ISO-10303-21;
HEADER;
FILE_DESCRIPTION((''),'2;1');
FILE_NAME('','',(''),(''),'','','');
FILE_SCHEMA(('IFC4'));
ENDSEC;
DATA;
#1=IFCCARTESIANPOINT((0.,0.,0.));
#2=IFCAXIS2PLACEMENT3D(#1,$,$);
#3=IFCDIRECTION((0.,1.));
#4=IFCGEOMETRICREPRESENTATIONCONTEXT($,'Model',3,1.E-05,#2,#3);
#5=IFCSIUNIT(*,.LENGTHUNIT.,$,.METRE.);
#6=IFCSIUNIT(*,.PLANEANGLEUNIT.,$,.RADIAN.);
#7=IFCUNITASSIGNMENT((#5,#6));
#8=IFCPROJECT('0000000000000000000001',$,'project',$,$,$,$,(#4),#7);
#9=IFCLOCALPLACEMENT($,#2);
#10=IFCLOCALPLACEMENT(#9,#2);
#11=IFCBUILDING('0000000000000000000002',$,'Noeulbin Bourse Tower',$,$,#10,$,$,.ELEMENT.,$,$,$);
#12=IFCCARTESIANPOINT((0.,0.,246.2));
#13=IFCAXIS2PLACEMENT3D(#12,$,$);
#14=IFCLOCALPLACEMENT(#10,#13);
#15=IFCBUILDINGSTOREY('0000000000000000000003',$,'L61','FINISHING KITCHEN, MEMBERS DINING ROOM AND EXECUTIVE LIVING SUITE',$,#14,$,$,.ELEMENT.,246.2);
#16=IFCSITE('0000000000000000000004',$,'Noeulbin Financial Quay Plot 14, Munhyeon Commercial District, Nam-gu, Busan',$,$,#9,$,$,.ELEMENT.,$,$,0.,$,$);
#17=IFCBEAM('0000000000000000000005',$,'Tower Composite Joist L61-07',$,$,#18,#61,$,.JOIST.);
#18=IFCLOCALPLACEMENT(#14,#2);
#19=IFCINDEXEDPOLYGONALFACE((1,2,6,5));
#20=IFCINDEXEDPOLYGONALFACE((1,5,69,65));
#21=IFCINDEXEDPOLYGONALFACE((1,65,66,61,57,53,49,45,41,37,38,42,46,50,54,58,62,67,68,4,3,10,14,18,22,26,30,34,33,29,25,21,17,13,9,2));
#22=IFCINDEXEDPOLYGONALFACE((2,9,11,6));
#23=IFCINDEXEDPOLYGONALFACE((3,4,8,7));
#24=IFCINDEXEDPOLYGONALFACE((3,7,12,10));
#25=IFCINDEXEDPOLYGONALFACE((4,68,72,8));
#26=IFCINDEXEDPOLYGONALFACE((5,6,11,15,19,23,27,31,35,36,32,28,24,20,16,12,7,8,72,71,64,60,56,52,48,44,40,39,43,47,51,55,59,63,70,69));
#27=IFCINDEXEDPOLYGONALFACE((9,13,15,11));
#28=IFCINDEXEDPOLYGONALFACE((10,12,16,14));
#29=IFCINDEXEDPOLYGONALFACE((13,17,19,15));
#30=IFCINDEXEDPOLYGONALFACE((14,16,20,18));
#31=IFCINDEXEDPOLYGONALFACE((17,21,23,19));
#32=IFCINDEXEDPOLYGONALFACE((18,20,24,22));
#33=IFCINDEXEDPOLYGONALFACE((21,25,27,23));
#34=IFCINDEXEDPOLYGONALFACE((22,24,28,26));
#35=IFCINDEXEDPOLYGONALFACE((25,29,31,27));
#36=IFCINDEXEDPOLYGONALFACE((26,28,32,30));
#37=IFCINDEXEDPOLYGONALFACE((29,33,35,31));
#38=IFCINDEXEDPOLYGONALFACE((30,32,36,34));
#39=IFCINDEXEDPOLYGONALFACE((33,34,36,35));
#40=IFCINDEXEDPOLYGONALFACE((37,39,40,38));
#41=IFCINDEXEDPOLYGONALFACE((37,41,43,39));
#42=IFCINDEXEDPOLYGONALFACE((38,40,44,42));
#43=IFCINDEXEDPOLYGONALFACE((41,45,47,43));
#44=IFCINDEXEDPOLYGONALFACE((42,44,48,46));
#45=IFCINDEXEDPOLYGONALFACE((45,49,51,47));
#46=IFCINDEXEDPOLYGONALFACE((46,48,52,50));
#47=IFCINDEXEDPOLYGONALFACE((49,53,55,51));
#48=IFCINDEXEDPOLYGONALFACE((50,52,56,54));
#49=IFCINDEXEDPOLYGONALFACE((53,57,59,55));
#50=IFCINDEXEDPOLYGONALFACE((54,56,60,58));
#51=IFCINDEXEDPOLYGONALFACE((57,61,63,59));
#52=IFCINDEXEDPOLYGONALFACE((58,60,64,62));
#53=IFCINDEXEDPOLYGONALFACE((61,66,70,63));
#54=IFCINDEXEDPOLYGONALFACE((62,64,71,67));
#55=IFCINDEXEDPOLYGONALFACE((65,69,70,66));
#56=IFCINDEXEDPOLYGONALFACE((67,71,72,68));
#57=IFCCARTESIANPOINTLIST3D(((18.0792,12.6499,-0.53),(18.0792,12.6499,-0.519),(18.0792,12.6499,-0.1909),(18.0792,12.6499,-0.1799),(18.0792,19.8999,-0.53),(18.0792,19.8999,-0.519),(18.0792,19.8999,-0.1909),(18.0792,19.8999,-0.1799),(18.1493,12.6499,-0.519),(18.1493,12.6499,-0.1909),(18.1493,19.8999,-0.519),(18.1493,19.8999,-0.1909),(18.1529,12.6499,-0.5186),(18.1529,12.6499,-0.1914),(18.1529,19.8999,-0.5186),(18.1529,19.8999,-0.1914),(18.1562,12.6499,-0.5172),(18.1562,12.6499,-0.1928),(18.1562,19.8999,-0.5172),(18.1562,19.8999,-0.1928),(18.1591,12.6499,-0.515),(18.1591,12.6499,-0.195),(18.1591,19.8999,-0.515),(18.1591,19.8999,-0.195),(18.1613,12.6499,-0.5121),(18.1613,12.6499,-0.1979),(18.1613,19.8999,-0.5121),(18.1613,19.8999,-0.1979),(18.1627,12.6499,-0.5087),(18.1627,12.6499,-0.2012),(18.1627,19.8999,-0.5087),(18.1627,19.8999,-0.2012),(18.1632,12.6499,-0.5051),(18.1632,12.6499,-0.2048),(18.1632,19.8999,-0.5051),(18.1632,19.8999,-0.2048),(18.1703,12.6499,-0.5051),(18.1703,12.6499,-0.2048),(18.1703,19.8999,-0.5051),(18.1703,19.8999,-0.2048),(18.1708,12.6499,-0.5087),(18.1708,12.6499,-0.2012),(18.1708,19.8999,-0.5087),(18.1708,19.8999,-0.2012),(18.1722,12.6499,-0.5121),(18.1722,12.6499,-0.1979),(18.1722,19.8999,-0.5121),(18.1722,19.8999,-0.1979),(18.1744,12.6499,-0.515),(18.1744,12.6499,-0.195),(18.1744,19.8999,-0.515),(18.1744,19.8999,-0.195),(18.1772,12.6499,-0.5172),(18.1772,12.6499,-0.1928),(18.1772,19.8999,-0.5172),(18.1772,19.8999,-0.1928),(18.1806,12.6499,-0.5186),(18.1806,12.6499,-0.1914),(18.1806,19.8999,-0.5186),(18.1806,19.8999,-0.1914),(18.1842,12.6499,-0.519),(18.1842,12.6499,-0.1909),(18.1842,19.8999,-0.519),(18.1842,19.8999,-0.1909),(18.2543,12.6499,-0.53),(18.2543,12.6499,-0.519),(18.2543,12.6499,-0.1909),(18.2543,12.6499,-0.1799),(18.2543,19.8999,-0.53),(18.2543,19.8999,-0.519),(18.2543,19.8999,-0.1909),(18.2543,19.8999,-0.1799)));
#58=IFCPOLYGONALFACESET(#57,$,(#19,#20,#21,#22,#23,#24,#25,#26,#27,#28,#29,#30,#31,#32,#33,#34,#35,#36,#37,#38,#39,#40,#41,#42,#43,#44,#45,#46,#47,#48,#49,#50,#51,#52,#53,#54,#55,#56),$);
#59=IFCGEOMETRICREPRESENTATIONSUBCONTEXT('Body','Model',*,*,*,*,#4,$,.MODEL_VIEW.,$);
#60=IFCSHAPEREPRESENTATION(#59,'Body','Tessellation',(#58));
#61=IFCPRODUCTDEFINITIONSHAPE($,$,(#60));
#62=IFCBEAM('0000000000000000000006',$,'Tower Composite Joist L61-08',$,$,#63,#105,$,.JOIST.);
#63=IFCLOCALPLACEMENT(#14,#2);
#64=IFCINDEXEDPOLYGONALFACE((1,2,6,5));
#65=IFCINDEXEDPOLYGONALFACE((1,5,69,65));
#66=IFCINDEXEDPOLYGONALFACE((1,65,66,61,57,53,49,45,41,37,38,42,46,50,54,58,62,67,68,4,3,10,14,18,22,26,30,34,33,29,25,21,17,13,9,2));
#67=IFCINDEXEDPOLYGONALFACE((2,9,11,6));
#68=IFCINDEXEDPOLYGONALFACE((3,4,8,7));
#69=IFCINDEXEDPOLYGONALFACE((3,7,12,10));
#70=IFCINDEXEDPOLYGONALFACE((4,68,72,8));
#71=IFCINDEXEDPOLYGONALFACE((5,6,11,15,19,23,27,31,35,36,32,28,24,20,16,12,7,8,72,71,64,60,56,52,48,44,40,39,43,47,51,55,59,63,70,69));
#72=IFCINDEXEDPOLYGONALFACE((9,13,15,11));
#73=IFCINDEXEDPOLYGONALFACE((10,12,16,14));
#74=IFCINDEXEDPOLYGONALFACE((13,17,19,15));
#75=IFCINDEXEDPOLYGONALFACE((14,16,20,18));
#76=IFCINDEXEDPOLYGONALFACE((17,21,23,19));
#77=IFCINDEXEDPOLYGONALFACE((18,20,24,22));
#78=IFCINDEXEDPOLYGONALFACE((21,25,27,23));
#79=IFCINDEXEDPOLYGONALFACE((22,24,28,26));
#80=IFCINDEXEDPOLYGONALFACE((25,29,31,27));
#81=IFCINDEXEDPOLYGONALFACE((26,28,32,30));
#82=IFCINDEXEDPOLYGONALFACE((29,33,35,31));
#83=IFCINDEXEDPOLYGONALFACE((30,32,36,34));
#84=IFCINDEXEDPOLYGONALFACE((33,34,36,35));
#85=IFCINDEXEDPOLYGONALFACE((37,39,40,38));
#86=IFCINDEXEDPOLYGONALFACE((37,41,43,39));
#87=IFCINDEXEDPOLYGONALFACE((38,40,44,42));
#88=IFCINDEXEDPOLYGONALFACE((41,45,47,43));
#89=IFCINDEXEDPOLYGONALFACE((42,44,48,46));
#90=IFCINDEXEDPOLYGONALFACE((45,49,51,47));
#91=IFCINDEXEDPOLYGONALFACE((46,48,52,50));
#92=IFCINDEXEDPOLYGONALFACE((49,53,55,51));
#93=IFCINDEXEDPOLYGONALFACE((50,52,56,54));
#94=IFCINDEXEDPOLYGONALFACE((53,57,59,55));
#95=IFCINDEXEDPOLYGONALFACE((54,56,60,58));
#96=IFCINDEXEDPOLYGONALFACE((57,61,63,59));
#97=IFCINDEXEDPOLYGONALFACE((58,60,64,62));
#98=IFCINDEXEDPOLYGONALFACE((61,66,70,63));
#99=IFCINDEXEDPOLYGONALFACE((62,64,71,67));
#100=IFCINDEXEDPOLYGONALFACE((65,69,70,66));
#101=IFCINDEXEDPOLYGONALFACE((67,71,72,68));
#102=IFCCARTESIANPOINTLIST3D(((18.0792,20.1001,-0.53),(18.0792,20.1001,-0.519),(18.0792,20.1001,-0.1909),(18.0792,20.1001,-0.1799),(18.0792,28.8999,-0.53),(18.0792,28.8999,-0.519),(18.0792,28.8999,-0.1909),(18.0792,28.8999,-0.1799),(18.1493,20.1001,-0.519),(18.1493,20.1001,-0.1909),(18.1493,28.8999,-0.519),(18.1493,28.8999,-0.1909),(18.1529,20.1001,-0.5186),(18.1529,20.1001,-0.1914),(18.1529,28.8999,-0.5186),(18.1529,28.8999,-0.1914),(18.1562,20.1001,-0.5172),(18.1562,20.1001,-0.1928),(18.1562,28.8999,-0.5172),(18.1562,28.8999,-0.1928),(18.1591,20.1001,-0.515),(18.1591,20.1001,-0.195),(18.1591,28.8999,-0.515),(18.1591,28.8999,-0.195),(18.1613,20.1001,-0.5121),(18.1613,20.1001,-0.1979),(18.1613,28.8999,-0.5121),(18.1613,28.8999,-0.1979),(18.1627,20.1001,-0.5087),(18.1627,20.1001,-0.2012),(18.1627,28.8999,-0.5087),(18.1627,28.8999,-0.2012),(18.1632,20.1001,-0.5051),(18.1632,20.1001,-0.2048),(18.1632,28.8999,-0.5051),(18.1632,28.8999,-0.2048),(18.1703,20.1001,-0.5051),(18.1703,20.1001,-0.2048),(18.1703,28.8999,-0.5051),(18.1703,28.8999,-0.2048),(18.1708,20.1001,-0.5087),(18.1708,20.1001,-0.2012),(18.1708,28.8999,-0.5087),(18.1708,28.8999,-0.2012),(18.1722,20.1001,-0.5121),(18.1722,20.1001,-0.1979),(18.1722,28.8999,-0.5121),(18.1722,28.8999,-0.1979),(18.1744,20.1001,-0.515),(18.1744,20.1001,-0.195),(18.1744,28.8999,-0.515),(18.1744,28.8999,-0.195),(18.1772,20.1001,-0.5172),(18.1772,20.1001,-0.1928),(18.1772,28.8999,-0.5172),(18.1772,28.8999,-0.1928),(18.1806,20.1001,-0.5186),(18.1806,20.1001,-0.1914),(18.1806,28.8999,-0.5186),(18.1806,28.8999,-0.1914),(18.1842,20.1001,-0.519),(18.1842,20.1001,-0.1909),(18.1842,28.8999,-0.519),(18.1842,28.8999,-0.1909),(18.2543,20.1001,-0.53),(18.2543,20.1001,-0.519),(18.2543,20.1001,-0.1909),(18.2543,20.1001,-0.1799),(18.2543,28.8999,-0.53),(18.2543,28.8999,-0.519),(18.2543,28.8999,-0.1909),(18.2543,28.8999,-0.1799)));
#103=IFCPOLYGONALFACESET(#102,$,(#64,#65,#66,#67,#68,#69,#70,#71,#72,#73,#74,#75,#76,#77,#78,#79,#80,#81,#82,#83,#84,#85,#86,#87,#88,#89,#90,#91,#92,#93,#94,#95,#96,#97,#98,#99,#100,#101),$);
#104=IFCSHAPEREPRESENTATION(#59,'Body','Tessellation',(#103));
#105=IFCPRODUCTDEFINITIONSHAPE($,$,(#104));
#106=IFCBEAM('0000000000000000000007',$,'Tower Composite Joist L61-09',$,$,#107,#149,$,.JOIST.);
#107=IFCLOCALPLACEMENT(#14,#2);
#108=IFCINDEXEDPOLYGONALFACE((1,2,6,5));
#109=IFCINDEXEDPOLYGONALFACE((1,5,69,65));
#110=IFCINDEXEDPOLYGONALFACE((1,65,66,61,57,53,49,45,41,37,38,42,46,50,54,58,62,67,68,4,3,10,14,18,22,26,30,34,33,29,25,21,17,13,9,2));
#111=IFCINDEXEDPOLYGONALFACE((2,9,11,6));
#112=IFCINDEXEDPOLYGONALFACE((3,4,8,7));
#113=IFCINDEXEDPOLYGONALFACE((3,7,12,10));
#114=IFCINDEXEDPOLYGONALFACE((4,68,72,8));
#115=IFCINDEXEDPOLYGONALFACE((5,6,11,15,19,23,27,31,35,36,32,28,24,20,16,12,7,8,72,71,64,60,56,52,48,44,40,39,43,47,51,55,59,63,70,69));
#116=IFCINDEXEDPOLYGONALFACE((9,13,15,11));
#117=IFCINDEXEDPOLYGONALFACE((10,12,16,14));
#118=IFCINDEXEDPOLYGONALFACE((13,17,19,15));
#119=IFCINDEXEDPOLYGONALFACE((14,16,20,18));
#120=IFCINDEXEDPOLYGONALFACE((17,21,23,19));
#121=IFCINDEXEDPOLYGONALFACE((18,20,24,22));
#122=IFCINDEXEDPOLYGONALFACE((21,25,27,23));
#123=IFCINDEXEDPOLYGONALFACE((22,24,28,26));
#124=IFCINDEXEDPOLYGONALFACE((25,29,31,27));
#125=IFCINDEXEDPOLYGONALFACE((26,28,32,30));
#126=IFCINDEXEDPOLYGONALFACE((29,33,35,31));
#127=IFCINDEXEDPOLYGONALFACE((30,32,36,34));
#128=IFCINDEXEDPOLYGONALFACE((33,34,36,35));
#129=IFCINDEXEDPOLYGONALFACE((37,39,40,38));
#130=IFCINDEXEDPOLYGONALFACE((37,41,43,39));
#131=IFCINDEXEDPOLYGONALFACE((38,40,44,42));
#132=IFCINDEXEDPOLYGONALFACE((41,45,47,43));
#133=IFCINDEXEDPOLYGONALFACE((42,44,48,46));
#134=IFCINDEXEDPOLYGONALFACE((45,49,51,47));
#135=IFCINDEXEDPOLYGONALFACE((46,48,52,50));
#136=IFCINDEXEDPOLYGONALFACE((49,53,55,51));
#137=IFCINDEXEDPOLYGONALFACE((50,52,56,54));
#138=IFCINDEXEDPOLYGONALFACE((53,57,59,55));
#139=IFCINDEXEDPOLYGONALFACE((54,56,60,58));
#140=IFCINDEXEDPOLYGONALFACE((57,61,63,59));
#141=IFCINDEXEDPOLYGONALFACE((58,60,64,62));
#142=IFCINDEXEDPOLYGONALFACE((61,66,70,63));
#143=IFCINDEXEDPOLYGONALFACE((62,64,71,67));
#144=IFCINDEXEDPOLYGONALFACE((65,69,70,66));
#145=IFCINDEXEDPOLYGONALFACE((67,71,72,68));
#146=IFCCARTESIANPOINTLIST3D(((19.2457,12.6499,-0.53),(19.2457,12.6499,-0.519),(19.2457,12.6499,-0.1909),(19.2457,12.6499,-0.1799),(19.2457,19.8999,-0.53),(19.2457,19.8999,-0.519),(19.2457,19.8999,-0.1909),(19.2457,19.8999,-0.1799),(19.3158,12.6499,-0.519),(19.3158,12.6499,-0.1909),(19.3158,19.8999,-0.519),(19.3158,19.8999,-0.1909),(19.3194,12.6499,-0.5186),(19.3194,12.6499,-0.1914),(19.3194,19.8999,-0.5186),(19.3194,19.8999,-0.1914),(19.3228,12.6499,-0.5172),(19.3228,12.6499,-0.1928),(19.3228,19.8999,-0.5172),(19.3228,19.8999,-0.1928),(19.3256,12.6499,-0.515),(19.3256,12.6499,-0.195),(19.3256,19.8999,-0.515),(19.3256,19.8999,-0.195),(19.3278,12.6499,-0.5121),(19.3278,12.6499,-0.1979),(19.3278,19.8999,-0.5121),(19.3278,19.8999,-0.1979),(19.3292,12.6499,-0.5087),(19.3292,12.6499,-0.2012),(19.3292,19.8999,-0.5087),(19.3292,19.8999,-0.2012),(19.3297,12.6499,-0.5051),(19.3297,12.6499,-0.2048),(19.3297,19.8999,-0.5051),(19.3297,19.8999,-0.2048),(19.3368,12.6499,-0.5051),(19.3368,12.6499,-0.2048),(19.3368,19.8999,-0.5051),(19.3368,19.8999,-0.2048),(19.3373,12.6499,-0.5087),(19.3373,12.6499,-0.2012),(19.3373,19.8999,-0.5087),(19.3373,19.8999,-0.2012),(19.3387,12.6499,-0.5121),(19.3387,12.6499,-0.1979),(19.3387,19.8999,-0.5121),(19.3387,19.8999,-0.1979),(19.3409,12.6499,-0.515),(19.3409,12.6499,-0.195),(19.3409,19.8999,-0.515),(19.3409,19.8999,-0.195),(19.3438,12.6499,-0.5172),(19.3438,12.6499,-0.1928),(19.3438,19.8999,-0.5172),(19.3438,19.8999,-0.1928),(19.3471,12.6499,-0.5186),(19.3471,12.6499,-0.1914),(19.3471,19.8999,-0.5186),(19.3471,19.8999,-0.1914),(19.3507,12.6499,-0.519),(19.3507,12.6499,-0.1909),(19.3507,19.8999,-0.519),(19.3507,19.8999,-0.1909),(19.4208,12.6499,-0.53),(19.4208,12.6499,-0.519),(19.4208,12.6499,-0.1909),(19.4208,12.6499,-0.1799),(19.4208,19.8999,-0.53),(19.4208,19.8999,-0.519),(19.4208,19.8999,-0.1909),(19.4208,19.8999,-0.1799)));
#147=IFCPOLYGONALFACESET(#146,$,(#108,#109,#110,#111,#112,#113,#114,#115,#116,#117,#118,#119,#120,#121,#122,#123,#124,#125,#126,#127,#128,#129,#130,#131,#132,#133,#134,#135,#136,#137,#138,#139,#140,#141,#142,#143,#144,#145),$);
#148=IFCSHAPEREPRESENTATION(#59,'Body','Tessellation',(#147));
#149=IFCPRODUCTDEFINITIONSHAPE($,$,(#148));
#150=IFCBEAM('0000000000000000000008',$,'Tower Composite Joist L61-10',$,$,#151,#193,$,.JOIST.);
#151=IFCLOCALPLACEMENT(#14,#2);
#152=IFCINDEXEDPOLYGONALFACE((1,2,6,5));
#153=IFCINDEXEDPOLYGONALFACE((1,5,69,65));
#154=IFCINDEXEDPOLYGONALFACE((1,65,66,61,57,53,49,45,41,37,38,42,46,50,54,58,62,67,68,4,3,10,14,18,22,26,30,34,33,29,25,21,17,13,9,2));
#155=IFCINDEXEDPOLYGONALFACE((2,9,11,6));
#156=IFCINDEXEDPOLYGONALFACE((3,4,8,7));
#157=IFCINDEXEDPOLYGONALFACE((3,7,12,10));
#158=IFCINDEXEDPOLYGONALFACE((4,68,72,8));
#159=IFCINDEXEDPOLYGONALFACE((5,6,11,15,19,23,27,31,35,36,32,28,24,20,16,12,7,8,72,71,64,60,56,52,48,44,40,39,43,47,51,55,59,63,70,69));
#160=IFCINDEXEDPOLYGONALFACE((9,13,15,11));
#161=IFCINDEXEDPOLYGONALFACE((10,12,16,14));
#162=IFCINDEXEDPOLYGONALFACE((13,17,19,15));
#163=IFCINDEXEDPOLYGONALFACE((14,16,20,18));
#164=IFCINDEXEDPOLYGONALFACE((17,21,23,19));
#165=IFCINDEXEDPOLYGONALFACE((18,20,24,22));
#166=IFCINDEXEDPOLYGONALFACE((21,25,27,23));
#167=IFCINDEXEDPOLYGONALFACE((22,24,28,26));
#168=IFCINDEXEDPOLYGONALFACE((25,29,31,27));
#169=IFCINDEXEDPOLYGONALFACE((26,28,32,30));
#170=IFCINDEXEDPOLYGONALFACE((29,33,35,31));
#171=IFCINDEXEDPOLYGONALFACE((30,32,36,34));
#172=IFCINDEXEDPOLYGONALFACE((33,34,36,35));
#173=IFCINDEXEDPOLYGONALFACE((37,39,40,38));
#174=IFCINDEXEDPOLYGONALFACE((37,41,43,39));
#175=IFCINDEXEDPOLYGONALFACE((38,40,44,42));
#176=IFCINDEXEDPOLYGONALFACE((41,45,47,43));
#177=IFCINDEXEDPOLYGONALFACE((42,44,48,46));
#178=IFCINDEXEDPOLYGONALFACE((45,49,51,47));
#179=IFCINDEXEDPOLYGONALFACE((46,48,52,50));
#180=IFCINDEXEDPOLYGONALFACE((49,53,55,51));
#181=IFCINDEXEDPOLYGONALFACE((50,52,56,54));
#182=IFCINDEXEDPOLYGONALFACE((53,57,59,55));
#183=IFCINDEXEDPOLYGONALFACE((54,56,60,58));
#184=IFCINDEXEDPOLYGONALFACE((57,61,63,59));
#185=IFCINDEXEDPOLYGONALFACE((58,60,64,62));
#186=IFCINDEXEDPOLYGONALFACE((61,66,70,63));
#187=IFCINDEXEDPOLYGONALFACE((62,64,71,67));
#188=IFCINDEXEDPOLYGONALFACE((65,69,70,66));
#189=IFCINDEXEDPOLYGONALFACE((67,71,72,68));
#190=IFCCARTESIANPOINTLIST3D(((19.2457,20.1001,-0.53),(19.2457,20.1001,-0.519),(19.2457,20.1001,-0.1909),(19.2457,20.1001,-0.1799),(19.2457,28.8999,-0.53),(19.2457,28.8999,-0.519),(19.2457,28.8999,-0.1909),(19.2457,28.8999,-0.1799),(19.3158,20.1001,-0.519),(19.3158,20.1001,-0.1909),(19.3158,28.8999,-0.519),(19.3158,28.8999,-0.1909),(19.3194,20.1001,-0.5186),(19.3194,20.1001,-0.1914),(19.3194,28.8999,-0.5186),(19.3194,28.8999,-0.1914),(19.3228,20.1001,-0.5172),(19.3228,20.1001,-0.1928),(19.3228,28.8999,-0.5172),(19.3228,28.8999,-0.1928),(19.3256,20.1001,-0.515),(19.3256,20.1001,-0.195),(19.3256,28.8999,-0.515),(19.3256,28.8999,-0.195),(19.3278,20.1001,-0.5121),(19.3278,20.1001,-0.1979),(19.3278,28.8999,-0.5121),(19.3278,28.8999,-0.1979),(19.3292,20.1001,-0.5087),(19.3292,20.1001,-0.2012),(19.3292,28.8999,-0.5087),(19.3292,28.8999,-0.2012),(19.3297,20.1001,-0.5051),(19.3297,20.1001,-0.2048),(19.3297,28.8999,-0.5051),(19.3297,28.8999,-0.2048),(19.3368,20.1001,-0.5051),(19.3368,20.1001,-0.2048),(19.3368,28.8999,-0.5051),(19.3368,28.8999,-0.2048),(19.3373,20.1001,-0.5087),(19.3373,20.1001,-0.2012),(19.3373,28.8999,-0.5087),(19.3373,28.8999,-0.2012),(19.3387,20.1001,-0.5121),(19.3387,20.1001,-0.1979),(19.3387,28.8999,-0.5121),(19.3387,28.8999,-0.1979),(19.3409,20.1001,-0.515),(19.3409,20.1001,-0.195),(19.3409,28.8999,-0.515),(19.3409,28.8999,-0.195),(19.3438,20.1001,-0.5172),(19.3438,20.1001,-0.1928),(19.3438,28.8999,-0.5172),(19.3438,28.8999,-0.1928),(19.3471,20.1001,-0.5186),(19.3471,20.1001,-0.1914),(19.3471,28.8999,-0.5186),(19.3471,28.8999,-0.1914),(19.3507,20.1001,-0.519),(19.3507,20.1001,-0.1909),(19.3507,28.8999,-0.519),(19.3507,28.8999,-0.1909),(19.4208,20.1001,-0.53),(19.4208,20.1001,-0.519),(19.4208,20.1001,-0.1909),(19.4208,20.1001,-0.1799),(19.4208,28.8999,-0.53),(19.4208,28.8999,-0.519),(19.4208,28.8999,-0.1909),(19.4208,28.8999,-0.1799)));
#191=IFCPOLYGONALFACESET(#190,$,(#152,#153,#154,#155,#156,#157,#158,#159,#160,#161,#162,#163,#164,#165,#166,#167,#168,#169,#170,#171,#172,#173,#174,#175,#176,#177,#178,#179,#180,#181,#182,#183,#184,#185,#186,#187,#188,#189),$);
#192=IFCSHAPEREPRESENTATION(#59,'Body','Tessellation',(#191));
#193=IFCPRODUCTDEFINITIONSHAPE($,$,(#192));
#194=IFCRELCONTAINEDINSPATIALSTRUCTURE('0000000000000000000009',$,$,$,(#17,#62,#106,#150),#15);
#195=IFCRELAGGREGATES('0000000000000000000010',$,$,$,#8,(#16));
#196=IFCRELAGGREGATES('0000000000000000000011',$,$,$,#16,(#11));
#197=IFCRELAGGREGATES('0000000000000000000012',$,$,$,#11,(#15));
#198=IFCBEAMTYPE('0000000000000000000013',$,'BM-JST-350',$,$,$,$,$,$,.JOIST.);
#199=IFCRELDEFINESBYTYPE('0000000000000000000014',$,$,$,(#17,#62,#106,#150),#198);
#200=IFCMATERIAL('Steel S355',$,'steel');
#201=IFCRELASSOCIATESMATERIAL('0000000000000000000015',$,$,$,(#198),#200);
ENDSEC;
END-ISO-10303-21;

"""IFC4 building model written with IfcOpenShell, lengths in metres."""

from ifc_helpers import new_model, si_unit, direction, frame, origin, origin_2d, place, context, subcontext, project, spatial, i_section, extrude, material, material_profile, profile_set, type_object, element, save


model = new_model("IFC4")

# Units and contexts
model_context = context("Model", 3, precision=1e-05, world=origin(), true_north=direction((0.0, 1.0)))
body_context = subcontext(model_context, "Body", "Model", "MODEL_VIEW")
ifc_project = project(units=[si_unit("LENGTHUNIT", "METRE"), si_unit("PLANEANGLEUNIT", "RADIAN")], contexts=[model_context])

# Site, building, storey
site_placement = place(None, origin())
site = spatial("IfcSite", under=ifc_project, at=site_placement, Name="Noeulbin Financial Quay Plot 14, Munhyeon Commercial District, Nam-gu, Busan", CompositionType="ELEMENT", RefElevation=0.0)
building_placement = place(site_placement, origin())
building = spatial("IfcBuilding", under=site, at=building_placement, Name="Noeulbin Bourse Tower", CompositionType="ELEMENT")
storey_placement = place(building_placement, frame((0.0, 0.0, 246.2)))
storey = spatial("IfcBuildingStorey", under=building, at=storey_placement, Name="L61", Description="FINISHING KITCHEN, MEMBERS DINING ROOM AND EXECUTIVE LIVING SUITE", CompositionType="ELEMENT", Elevation=246.2)

# Shared definitions
ifc_material_1 = material(Name="Steel S355", Category="steel")

# Beams
ifc_material_profile_1 = material_profile(ifc_material_1, i_section(OverallWidth=0.175, OverallDepth=0.3501, WebThickness=0.0071, FlangeThickness=0.011, FilletRadius=0.0139, at=origin_2d()), Name="H-350x175x7x11", Category="LoadBearing")
ifc_profile_set_1 = profile_set([ifc_material_profile_1], Name="Steel S355")
beam_type_1 = type_object("IfcBeamType", Name="BM-JST-350", PredefinedType="JOIST", material=ifc_profile_set_1)
beam_1_placement = place(storey_placement, frame((18.1667, 12.6499, -0.355), z_axis=(0.0, 1.0, 0.0), x_axis=(-1.0, 0.0, 0.0)))
element("IfcBeam", 1, at=beam_1_placement, inside=storey, type_object=beam_type_1, Name="Tower Composite Joist L61-07", PredefinedType="JOIST", context=body_context, shape_type="SweptSolid", body=[
    extrude(i_section(OverallWidth=0.175, OverallDepth=0.3501, WebThickness=0.0071, FlangeThickness=0.011, FilletRadius=0.0139, at=origin_2d()), origin(), (0.0, 0.0, 1.0), 7.25),
])
beam_2_placement = place(storey_placement, frame((18.1667, 20.1001, -0.355), z_axis=(0.0, 1.0, 0.0), x_axis=(-1.0, 0.0, 0.0)))
element("IfcBeam", 2, at=beam_2_placement, inside=storey, type_object=beam_type_1, Name="Tower Composite Joist L61-08", PredefinedType="JOIST", context=body_context, shape_type="SweptSolid", body=[
    extrude(i_section(OverallWidth=0.175, OverallDepth=0.3501, WebThickness=0.0071, FlangeThickness=0.011, FilletRadius=0.0139, at=origin_2d()), origin(), (0.0, 0.0, 1.0), 8.7998),
])
beam_3_placement = place(storey_placement, frame((19.3333, 12.6499, -0.355), z_axis=(0.0, 1.0, 0.0), x_axis=(-1.0, 0.0, 0.0)))
element("IfcBeam", 3, at=beam_3_placement, inside=storey, type_object=beam_type_1, Name="Tower Composite Joist L61-09", PredefinedType="JOIST", context=body_context, shape_type="SweptSolid", body=[
    extrude(i_section(OverallWidth=0.175, OverallDepth=0.3501, WebThickness=0.0071, FlangeThickness=0.011, FilletRadius=0.0139, at=origin_2d()), origin(), (0.0, 0.0, 1.0), 7.25),
])
beam_4_placement = place(storey_placement, frame((19.3333, 20.1001, -0.355), z_axis=(0.0, 1.0, 0.0), x_axis=(-1.0, 0.0, 0.0)))
element("IfcBeam", 4, at=beam_4_placement, inside=storey, type_object=beam_type_1, Name="Tower Composite Joist L61-10", PredefinedType="JOIST", context=body_context, shape_type="SweptSolid", body=[
    extrude(i_section(OverallWidth=0.175, OverallDepth=0.3501, WebThickness=0.0071, FlangeThickness=0.011, FilletRadius=0.0139, at=origin_2d()), origin(), (0.0, 0.0, 1.0), 8.7998),
])

save(model, "model.ifc")
